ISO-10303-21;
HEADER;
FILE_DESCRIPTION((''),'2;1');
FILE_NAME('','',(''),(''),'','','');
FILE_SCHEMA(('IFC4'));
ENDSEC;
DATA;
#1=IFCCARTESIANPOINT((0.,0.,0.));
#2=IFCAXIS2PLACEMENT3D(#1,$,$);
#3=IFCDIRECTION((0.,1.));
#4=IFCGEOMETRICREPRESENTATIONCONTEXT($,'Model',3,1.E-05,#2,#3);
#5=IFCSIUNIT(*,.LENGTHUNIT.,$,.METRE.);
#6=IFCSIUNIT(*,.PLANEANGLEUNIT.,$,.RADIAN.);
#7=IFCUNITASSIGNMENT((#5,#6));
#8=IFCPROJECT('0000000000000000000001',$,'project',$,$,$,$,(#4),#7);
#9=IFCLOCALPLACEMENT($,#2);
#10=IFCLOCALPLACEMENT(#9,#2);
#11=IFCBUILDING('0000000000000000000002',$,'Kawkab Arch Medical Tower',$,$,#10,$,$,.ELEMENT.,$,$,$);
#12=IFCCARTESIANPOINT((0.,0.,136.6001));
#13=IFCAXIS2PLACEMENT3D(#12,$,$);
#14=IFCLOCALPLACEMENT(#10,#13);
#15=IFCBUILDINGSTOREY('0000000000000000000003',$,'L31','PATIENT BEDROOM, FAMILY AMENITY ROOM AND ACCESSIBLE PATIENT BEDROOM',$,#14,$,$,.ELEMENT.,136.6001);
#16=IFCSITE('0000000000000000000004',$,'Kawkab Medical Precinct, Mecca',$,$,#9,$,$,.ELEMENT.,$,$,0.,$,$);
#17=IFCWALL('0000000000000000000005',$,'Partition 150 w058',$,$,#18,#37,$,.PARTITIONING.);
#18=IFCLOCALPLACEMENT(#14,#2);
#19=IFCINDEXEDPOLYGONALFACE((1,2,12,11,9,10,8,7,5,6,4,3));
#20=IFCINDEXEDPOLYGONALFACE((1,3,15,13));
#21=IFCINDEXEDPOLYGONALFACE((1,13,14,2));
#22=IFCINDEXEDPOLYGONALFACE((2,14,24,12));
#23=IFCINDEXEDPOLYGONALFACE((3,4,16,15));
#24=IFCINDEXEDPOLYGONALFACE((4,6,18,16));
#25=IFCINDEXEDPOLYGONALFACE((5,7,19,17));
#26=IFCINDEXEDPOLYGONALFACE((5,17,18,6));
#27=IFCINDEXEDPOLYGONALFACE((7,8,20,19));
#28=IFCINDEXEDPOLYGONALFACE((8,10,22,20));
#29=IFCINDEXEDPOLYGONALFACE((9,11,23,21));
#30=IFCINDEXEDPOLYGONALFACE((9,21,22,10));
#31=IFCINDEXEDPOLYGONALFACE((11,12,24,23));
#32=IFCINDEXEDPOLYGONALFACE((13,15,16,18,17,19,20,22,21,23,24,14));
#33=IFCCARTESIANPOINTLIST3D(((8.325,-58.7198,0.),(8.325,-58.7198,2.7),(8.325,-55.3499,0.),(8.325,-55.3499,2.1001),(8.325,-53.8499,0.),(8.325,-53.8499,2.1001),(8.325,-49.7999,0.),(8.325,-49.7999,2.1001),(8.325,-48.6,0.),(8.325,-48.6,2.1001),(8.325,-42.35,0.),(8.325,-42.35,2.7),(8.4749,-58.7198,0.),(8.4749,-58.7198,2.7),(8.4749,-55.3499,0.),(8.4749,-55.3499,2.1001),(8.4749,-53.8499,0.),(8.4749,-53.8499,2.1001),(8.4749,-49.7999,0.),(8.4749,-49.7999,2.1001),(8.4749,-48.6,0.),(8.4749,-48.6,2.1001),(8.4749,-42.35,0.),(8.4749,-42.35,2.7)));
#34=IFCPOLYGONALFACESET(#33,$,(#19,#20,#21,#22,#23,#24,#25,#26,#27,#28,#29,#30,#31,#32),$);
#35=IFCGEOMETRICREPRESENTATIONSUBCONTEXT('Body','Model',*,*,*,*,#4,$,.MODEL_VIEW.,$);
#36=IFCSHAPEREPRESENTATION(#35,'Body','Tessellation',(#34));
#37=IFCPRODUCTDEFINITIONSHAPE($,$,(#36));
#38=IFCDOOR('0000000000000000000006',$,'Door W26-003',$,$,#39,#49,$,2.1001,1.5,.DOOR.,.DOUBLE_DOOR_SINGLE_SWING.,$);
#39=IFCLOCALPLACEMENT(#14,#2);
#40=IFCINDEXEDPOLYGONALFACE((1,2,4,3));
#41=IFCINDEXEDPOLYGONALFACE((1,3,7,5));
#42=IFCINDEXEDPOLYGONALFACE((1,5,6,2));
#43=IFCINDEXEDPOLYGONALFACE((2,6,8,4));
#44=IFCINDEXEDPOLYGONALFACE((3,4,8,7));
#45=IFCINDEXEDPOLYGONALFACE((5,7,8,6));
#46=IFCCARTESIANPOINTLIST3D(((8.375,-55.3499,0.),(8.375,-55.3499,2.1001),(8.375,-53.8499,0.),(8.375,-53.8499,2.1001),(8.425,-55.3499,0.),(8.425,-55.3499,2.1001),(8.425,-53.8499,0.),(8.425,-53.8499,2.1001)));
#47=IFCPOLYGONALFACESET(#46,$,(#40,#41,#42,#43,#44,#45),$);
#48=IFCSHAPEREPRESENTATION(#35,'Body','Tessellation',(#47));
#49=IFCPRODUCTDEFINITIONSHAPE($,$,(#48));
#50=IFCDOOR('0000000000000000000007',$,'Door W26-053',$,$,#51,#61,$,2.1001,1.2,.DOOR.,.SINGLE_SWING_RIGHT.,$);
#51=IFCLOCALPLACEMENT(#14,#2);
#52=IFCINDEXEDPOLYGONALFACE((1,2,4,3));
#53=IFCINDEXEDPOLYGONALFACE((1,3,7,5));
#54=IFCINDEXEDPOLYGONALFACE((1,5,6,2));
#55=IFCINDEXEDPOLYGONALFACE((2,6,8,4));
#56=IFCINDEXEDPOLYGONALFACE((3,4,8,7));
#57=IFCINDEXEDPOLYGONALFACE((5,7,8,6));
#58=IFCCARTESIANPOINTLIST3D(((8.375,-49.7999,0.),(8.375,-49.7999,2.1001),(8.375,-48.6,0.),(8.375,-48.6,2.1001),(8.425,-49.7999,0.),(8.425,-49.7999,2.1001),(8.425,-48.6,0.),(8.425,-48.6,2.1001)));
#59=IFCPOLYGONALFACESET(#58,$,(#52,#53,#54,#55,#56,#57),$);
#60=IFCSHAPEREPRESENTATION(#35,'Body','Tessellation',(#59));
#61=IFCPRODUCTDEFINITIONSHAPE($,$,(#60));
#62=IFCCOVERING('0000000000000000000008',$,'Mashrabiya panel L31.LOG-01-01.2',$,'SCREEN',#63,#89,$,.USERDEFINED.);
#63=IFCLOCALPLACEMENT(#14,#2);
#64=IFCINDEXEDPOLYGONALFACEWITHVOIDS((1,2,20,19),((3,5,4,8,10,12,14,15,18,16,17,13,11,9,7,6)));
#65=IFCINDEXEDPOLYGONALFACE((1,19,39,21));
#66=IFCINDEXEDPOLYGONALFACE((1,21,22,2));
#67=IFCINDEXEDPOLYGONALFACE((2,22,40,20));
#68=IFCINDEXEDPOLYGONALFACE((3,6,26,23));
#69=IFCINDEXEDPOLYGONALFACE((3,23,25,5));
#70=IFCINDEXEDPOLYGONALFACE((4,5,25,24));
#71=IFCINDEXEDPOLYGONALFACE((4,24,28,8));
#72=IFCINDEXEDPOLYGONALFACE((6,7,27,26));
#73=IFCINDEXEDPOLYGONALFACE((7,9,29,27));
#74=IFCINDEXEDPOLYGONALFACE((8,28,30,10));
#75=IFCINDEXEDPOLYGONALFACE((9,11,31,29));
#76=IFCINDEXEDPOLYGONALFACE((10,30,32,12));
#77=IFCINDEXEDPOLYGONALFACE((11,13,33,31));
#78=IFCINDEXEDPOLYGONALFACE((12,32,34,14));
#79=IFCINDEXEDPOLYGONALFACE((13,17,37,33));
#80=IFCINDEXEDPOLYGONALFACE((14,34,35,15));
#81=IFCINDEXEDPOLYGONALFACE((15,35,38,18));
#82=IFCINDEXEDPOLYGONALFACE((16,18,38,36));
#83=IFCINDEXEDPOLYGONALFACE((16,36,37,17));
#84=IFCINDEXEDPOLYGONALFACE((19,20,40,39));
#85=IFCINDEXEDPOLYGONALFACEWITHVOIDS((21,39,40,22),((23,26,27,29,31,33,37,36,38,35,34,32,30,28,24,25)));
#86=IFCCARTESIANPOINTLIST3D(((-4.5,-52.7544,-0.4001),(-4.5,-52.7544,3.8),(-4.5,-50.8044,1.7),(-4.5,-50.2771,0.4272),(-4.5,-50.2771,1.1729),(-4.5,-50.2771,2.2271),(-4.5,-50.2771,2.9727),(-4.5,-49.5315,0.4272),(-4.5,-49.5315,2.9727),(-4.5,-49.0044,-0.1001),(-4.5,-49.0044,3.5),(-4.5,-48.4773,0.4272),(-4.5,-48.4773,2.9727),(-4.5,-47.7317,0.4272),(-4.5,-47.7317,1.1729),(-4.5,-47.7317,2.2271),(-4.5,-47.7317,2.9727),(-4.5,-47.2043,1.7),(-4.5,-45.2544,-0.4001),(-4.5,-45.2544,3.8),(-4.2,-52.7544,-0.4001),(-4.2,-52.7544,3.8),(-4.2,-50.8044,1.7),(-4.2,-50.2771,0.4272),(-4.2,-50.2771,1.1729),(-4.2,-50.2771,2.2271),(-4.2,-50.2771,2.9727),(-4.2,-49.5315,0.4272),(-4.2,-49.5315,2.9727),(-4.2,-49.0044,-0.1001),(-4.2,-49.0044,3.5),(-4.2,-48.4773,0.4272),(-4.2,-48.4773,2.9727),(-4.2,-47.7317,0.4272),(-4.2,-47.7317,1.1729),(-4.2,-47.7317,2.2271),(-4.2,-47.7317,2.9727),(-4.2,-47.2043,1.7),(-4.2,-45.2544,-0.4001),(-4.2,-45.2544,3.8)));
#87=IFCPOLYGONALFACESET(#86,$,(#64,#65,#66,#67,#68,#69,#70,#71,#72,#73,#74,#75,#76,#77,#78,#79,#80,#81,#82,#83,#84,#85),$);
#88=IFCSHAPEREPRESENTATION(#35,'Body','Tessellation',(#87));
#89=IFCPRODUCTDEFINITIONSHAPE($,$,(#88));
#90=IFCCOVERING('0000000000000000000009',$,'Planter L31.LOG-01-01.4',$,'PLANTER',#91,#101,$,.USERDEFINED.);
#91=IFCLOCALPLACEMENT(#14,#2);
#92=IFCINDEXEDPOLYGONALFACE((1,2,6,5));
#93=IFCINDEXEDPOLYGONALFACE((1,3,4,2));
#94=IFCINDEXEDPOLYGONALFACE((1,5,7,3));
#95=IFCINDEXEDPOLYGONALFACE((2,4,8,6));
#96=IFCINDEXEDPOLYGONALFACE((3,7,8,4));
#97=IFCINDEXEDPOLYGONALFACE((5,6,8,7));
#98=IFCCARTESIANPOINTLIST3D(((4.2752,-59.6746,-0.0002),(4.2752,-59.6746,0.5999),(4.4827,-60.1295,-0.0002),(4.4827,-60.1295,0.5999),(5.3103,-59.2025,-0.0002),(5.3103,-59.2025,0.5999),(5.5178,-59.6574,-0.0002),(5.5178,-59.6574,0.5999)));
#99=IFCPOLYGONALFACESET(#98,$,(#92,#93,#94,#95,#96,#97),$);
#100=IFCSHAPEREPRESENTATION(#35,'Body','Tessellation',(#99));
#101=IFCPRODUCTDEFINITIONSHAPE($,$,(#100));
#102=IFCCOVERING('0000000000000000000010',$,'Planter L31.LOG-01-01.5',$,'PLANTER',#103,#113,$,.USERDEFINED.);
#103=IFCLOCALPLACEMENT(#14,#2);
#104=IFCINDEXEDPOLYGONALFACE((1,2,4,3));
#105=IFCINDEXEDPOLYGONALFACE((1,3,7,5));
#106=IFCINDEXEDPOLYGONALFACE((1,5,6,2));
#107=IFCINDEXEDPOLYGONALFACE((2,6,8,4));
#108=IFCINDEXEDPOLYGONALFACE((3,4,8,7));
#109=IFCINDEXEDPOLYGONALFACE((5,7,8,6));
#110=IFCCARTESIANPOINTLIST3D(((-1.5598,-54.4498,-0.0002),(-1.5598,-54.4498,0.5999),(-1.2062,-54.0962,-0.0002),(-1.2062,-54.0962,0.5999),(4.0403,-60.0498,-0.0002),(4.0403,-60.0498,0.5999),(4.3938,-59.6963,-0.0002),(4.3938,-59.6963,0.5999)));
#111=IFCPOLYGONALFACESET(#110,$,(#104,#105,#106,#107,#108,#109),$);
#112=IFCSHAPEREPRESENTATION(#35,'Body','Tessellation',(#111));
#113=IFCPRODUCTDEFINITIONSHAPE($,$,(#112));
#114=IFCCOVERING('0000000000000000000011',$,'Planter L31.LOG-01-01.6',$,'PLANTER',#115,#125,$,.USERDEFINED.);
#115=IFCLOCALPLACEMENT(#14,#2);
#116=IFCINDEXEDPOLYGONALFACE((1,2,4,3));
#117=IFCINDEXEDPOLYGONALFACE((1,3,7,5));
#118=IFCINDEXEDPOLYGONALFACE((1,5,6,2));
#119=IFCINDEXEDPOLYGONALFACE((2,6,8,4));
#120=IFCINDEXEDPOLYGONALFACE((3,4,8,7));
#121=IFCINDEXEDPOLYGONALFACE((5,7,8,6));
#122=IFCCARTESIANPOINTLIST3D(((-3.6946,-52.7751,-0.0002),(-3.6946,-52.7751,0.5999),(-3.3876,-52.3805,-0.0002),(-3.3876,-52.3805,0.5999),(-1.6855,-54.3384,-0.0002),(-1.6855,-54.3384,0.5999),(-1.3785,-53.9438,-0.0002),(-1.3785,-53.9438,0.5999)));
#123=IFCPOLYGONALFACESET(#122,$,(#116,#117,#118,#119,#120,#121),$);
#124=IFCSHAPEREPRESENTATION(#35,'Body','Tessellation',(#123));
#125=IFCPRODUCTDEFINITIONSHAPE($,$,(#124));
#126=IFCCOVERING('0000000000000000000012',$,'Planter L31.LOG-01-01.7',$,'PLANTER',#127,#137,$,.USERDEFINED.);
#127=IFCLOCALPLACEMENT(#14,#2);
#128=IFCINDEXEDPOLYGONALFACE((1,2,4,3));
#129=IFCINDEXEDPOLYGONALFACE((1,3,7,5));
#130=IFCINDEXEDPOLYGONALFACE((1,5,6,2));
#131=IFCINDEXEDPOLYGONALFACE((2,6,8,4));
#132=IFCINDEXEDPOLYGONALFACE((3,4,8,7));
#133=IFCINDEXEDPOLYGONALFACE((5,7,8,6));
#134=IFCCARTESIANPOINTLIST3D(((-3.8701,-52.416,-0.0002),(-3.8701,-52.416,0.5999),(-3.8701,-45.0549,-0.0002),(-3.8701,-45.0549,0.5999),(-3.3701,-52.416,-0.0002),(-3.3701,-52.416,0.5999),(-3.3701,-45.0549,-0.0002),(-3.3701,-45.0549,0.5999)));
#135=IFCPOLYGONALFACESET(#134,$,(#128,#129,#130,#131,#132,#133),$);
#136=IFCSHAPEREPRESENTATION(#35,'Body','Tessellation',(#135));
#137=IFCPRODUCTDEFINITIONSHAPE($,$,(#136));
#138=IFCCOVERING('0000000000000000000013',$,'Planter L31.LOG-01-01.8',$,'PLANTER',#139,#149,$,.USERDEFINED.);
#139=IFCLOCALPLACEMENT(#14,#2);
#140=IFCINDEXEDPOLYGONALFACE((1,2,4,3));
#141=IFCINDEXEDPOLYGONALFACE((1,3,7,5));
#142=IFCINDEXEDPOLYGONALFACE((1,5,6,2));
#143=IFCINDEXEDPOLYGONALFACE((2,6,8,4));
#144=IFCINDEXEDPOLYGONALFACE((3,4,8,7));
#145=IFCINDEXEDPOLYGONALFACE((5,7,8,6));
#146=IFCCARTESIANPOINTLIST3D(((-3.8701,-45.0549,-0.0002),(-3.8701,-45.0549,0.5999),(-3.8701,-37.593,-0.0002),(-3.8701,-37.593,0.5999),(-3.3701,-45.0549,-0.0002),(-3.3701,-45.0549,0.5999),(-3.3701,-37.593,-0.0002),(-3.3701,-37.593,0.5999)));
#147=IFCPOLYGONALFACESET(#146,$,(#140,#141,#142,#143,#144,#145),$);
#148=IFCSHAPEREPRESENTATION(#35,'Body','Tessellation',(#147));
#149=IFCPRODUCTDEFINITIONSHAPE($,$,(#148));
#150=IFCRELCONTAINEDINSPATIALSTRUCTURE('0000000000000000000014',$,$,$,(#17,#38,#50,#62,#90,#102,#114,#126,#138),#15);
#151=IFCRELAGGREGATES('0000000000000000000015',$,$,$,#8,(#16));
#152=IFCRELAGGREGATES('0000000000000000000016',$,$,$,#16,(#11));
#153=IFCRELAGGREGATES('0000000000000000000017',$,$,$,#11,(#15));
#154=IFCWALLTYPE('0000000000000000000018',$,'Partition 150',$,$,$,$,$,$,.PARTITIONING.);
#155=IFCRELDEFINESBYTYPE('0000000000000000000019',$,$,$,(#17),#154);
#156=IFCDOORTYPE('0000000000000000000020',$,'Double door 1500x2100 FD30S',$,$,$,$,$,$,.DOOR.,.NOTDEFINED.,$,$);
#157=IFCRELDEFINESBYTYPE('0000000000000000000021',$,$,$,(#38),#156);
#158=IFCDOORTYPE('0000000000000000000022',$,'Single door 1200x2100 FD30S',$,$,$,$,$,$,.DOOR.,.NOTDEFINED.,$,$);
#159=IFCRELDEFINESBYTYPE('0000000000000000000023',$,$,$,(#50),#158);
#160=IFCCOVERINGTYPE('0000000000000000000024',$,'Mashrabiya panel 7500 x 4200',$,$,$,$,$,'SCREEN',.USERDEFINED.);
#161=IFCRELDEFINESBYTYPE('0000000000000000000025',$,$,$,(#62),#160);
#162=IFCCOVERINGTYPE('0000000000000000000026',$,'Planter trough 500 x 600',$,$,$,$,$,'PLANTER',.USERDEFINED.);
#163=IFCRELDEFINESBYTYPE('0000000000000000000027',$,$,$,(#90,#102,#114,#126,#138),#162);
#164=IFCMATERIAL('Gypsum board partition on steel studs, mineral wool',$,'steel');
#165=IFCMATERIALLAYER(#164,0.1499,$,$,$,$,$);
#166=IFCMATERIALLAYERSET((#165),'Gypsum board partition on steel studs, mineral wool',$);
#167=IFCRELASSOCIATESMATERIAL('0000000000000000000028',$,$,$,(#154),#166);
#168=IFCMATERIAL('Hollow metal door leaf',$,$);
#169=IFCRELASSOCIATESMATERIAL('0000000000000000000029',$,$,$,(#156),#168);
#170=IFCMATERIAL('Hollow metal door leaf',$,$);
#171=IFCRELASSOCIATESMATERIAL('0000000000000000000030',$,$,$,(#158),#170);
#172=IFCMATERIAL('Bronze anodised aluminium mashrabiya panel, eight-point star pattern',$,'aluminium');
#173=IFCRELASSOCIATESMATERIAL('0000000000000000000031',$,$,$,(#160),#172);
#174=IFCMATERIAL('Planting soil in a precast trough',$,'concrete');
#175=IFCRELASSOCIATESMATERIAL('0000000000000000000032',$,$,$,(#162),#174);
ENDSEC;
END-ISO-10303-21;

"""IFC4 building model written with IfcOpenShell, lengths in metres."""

from ifc_helpers import new_model, si_unit, direction, frame, frame_2d, origin, origin_2d, place, context, subcontext, project, spatial, polyline, rectangle, outline, extrude, material, layer, layer_set, material_profile, profile_set, type_object, element, fill, save


model = new_model("IFC4")

# Units and contexts
model_context = context("Model", 3, precision=1e-05, world=origin(), true_north=direction((0.0, 1.0)))
body_context = subcontext(model_context, "Body", "Model", "MODEL_VIEW")
ifc_project = project(units=[si_unit("LENGTHUNIT", "METRE"), si_unit("PLANEANGLEUNIT", "RADIAN")], contexts=[model_context])

# Site, building, storey
site_placement = place(None, origin())
site = spatial("IfcSite", under=ifc_project, at=site_placement, Name="Kawkab Medical Precinct, Mecca", CompositionType="ELEMENT", RefElevation=0.0)
building_placement = place(site_placement, origin())
building = spatial("IfcBuilding", under=site, at=building_placement, Name="Kawkab Arch Medical Tower", CompositionType="ELEMENT")
storey_placement = place(building_placement, frame((0.0, 0.0, 136.6001)))
storey = spatial("IfcBuildingStorey", under=building, at=storey_placement, Name="L31", Description="PATIENT BEDROOM, FAMILY AMENITY ROOM AND ACCESSIBLE PATIENT BEDROOM", CompositionType="ELEMENT", Elevation=136.6001)

# Shared definitions
ifc_material_1 = material(Name="Gypsum board partition on steel studs, mineral wool", Category="steel")
ifc_layer_1 = layer(ifc_material_1, 0.1499)
ifc_layer_set_1 = layer_set([ifc_layer_1], Name="Gypsum board partition on steel studs, mineral wool")
wall_type_1 = type_object("IfcWallType", Name="Partition 150", PredefinedType="PARTITIONING", material=ifc_layer_set_1)

# Wall, openings, doors
wall_1_placement = place(storey_placement, frame((8.3999, -58.72, 0.0), z_axis=(0.0, 0.0, 1.0), x_axis=(0.0, 1.0, 0.0)))
wall_1 = element("IfcWall", 1, at=wall_1_placement, inside=storey, type_object=wall_type_1, Name="Partition 150 w058", PredefinedType="PARTITIONING", context=body_context, shape_type="SweptSolid", body=[
    extrude(rectangle(XDim=16.3699, YDim=0.1499, at=frame_2d((8.1851, 0.0))), origin(), (0.0, 0.0, 1.0), 2.7),
])
opening_1_placement = place(wall_1_placement, frame((8.9199, 0.0, 0.0)))
opening_1 = element("IfcOpeningElement", 2, at=opening_1_placement, cuts=wall_1, PredefinedType="OPENING", context=body_context, shape_type="SweptSolid", body=[
    extrude(rectangle(XDim=1.2, YDim=2.1001, at=frame_2d((0.6001, 1.05))), frame((0.0, 0.085, 0.0), z_axis=(0.0, -1.0, 0.0), x_axis=(1.0, 0.0, 0.0)), (0.0, 0.0, 1.0), 0.1699),
])
opening_2_placement = place(wall_1_placement, frame((3.3701, 0.0, 0.0)))
opening_2 = element("IfcOpeningElement", 3, at=opening_2_placement, cuts=wall_1, PredefinedType="OPENING", context=body_context, shape_type="SweptSolid", body=[
    extrude(rectangle(XDim=1.5, YDim=2.1001, at=frame_2d((0.75, 1.05))), frame((0.0, 0.085, 0.0), z_axis=(0.0, -1.0, 0.0), x_axis=(1.0, 0.0, 0.0)), (0.0, 0.0, 1.0), 0.1699),
])
ifc_material_2 = material(Name="Hollow metal door leaf")
door_type_1 = type_object("IfcDoorType", Name="Double door 1500x2100 FD30S", OperationType="NOTDEFINED", PredefinedType="DOOR", material=ifc_material_2)
door_1_placement = place(opening_2_placement, origin())
door_1 = element("IfcDoor", 4, at=door_1_placement, inside=storey, type_object=door_type_1, Name="Door W26-003", OperationType="DOUBLE_DOOR_SINGLE_SWING", OverallHeight=2.1001, OverallWidth=1.5, PredefinedType="DOOR", context=body_context, shape_type="SweptSolid", body=[
    extrude(rectangle(XDim=1.5, YDim=2.1001, at=frame_2d((0.75, 1.05))), frame((0.0, 0.0249, 0.0), z_axis=(0.0, -1.0, 0.0), x_axis=(1.0, 0.0, 0.0)), (0.0, 0.0, 1.0), 0.05),
])
fill(opening_2, door_1)
ifc_material_3 = material(Name="Hollow metal door leaf")
door_type_2 = type_object("IfcDoorType", Name="Single door 1200x2100 FD30S", OperationType="NOTDEFINED", PredefinedType="DOOR", material=ifc_material_3)
door_2_placement = place(opening_1_placement, origin())
door_2 = element("IfcDoor", 5, at=door_2_placement, inside=storey, type_object=door_type_2, Name="Door W26-053", OperationType="SINGLE_SWING_RIGHT", OverallHeight=2.1001, OverallWidth=1.2, PredefinedType="DOOR", context=body_context, shape_type="SweptSolid", body=[
    extrude(rectangle(XDim=1.2, YDim=2.1001, at=frame_2d((0.6001, 1.05))), frame((0.0, 0.0249, 0.0), z_axis=(0.0, -1.0, 0.0), x_axis=(1.0, 0.0, 0.0)), (0.0, 0.0, 1.0), 0.05),
])
fill(opening_1, door_2)

# Coverings
ifc_material_4 = material(Name="Bronze anodised aluminium mashrabiya panel, eight-point star pattern", Category="aluminium")
ifc_material_profile_1 = material_profile(ifc_material_4, outline(polyline([(-3.75, -2.1001), (3.75, -2.1001), (3.75, 2.1001), (-3.75, 2.1001), (-3.75, -2.1001)]), holes=[polyline([(1.8, 0.0), (1.2727, 0.5271), (1.2727, 1.2727), (0.5271, 1.2727), (0.0, 1.8), (-0.5271, 1.2727), (-1.2727, 1.2727), (-1.2727, 0.5271), (-1.8, 0.0), (-1.2727, -0.5271), (-1.2727, -1.2727), (-0.5271, -1.2727), (0.0, -1.8), (0.5271, -1.2727), (1.2727, -1.2727), (1.2727, -0.5271), (1.8, 0.0)])]), Name="Mashrabiya panel 7500x4200")
ifc_profile_set_1 = profile_set([ifc_material_profile_1], Name="Bronze anodised aluminium mashrabiya panel, eight-point star pattern")
covering_type_1 = type_object("IfcCoveringType", Name="Mashrabiya panel 7500 x 4200", ElementType="SCREEN", PredefinedType="USERDEFINED", material=ifc_profile_set_1)
covering_1_placement = place(storey_placement, frame((-4.2, -49.0044, 1.7), z_axis=(-1.0, 0.0, 0.0), x_axis=(0.0, -1.0, 0.0)))
element("IfcCovering", 6, at=covering_1_placement, inside=storey, type_object=covering_type_1, Name="Mashrabiya panel L31.LOG-01-01.2", ObjectType="SCREEN", PredefinedType="USERDEFINED", context=body_context, shape_type="SweptSolid", body=[
    extrude(outline(polyline([(-3.75, -2.1001), (3.75, -2.1001), (3.75, 2.1001), (-3.75, 2.1001), (-3.75, -2.1001)]), holes=[polyline([(1.8, 0.0), (1.2727, 0.5271), (1.2727, 1.2727), (0.5271, 1.2727), (0.0, 1.8), (-0.5271, 1.2727), (-1.2727, 1.2727), (-1.2727, 0.5271), (-1.8, 0.0), (-1.2727, -0.5271), (-1.2727, -1.2727), (-0.5271, -1.2727), (0.0, -1.8), (0.5271, -1.2727), (1.2727, -1.2727), (1.2727, -0.5271), (1.8, 0.0)])]), origin(), (0.0, 0.0, 1.0), 0.3),
])
ifc_material_5 = material(Name="Planting soil in a precast trough", Category="concrete")
ifc_material_profile_2 = material_profile(ifc_material_5, rectangle(XDim=0.5, YDim=0.6001, at=origin_2d()), Name="Trough 500x600")
ifc_profile_set_2 = profile_set([ifc_material_profile_2], Name="Planting soil in a precast trough")
covering_type_2 = type_object("IfcCoveringType", Name="Planter trough 500 x 600", ElementType="PLANTER", PredefinedType="USERDEFINED", material=ifc_profile_set_2)
covering_2_placement = place(storey_placement, frame((5.4141, -59.4299, 0.2998), z_axis=(-0.909822, -0.414999, 0.0), x_axis=(0.414999, -0.909822, 0.0)))
element("IfcCovering", 7, at=covering_2_placement, inside=storey, type_object=covering_type_2, Name="Planter L31.LOG-01-01.4", ObjectType="PLANTER", PredefinedType="USERDEFINED", context=body_context, shape_type="SweptSolid", body=[
    extrude(rectangle(XDim=0.5, YDim=0.6001, at=origin_2d()), origin(), (0.0, 0.0, 1.0), 1.1377),
])
covering_3_placement = place(storey_placement, frame((4.217, -59.873, 0.2998), z_axis=(-0.707107, 0.707107, 0.0), x_axis=(-0.707107, -0.707107, 0.0)))
element("IfcCovering", 8, at=covering_3_placement, inside=storey, type_object=covering_type_2, Name="Planter L31.LOG-01-01.5", ObjectType="PLANTER", PredefinedType="USERDEFINED", context=body_context, shape_type="SweptSolid", body=[
    extrude(rectangle(XDim=0.5, YDim=0.6001, at=origin_2d()), origin(), (0.0, 0.0, 1.0), 7.9197),
])
covering_4_placement = place(storey_placement, frame((-1.532, -54.1411, 0.2998), z_axis=(-0.789228, 0.6141, 0.0), x_axis=(-0.6141, -0.789228, 0.0)))
element("IfcCovering", 9, at=covering_4_placement, inside=storey, type_object=covering_type_2, Name="Planter L31.LOG-01-01.6", ObjectType="PLANTER", PredefinedType="USERDEFINED", context=body_context, shape_type="SweptSolid", body=[
    extrude(rectangle(XDim=0.5, YDim=0.6001, at=origin_2d()), origin(), (0.0, 0.0, 1.0), 2.5457),
])
covering_5_placement = place(storey_placement, frame((-3.6201, -52.416, 0.2998), z_axis=(0.0, 1.0, 0.0), x_axis=(-1.0, 0.0, 0.0)))
element("IfcCovering", 10, at=covering_5_placement, inside=storey, type_object=covering_type_2, Name="Planter L31.LOG-01-01.7", ObjectType="PLANTER", PredefinedType="USERDEFINED", context=body_context, shape_type="SweptSolid", body=[
    extrude(rectangle(XDim=0.5, YDim=0.6001, at=origin_2d()), origin(), (0.0, 0.0, 1.0), 7.3611),
])
covering_6_placement = place(storey_placement, frame((-3.6201, -45.0549, 0.2998), z_axis=(0.0, 1.0, 0.0), x_axis=(-1.0, 0.0, 0.0)))
element("IfcCovering", 11, at=covering_6_placement, inside=storey, type_object=covering_type_2, Name="Planter L31.LOG-01-01.8", ObjectType="PLANTER", PredefinedType="USERDEFINED", context=body_context, shape_type="SweptSolid", body=[
    extrude(rectangle(XDim=0.5, YDim=0.6001, at=origin_2d()), origin(), (0.0, 0.0, 1.0), 7.4619),
])

save(model, "model.ifc")
